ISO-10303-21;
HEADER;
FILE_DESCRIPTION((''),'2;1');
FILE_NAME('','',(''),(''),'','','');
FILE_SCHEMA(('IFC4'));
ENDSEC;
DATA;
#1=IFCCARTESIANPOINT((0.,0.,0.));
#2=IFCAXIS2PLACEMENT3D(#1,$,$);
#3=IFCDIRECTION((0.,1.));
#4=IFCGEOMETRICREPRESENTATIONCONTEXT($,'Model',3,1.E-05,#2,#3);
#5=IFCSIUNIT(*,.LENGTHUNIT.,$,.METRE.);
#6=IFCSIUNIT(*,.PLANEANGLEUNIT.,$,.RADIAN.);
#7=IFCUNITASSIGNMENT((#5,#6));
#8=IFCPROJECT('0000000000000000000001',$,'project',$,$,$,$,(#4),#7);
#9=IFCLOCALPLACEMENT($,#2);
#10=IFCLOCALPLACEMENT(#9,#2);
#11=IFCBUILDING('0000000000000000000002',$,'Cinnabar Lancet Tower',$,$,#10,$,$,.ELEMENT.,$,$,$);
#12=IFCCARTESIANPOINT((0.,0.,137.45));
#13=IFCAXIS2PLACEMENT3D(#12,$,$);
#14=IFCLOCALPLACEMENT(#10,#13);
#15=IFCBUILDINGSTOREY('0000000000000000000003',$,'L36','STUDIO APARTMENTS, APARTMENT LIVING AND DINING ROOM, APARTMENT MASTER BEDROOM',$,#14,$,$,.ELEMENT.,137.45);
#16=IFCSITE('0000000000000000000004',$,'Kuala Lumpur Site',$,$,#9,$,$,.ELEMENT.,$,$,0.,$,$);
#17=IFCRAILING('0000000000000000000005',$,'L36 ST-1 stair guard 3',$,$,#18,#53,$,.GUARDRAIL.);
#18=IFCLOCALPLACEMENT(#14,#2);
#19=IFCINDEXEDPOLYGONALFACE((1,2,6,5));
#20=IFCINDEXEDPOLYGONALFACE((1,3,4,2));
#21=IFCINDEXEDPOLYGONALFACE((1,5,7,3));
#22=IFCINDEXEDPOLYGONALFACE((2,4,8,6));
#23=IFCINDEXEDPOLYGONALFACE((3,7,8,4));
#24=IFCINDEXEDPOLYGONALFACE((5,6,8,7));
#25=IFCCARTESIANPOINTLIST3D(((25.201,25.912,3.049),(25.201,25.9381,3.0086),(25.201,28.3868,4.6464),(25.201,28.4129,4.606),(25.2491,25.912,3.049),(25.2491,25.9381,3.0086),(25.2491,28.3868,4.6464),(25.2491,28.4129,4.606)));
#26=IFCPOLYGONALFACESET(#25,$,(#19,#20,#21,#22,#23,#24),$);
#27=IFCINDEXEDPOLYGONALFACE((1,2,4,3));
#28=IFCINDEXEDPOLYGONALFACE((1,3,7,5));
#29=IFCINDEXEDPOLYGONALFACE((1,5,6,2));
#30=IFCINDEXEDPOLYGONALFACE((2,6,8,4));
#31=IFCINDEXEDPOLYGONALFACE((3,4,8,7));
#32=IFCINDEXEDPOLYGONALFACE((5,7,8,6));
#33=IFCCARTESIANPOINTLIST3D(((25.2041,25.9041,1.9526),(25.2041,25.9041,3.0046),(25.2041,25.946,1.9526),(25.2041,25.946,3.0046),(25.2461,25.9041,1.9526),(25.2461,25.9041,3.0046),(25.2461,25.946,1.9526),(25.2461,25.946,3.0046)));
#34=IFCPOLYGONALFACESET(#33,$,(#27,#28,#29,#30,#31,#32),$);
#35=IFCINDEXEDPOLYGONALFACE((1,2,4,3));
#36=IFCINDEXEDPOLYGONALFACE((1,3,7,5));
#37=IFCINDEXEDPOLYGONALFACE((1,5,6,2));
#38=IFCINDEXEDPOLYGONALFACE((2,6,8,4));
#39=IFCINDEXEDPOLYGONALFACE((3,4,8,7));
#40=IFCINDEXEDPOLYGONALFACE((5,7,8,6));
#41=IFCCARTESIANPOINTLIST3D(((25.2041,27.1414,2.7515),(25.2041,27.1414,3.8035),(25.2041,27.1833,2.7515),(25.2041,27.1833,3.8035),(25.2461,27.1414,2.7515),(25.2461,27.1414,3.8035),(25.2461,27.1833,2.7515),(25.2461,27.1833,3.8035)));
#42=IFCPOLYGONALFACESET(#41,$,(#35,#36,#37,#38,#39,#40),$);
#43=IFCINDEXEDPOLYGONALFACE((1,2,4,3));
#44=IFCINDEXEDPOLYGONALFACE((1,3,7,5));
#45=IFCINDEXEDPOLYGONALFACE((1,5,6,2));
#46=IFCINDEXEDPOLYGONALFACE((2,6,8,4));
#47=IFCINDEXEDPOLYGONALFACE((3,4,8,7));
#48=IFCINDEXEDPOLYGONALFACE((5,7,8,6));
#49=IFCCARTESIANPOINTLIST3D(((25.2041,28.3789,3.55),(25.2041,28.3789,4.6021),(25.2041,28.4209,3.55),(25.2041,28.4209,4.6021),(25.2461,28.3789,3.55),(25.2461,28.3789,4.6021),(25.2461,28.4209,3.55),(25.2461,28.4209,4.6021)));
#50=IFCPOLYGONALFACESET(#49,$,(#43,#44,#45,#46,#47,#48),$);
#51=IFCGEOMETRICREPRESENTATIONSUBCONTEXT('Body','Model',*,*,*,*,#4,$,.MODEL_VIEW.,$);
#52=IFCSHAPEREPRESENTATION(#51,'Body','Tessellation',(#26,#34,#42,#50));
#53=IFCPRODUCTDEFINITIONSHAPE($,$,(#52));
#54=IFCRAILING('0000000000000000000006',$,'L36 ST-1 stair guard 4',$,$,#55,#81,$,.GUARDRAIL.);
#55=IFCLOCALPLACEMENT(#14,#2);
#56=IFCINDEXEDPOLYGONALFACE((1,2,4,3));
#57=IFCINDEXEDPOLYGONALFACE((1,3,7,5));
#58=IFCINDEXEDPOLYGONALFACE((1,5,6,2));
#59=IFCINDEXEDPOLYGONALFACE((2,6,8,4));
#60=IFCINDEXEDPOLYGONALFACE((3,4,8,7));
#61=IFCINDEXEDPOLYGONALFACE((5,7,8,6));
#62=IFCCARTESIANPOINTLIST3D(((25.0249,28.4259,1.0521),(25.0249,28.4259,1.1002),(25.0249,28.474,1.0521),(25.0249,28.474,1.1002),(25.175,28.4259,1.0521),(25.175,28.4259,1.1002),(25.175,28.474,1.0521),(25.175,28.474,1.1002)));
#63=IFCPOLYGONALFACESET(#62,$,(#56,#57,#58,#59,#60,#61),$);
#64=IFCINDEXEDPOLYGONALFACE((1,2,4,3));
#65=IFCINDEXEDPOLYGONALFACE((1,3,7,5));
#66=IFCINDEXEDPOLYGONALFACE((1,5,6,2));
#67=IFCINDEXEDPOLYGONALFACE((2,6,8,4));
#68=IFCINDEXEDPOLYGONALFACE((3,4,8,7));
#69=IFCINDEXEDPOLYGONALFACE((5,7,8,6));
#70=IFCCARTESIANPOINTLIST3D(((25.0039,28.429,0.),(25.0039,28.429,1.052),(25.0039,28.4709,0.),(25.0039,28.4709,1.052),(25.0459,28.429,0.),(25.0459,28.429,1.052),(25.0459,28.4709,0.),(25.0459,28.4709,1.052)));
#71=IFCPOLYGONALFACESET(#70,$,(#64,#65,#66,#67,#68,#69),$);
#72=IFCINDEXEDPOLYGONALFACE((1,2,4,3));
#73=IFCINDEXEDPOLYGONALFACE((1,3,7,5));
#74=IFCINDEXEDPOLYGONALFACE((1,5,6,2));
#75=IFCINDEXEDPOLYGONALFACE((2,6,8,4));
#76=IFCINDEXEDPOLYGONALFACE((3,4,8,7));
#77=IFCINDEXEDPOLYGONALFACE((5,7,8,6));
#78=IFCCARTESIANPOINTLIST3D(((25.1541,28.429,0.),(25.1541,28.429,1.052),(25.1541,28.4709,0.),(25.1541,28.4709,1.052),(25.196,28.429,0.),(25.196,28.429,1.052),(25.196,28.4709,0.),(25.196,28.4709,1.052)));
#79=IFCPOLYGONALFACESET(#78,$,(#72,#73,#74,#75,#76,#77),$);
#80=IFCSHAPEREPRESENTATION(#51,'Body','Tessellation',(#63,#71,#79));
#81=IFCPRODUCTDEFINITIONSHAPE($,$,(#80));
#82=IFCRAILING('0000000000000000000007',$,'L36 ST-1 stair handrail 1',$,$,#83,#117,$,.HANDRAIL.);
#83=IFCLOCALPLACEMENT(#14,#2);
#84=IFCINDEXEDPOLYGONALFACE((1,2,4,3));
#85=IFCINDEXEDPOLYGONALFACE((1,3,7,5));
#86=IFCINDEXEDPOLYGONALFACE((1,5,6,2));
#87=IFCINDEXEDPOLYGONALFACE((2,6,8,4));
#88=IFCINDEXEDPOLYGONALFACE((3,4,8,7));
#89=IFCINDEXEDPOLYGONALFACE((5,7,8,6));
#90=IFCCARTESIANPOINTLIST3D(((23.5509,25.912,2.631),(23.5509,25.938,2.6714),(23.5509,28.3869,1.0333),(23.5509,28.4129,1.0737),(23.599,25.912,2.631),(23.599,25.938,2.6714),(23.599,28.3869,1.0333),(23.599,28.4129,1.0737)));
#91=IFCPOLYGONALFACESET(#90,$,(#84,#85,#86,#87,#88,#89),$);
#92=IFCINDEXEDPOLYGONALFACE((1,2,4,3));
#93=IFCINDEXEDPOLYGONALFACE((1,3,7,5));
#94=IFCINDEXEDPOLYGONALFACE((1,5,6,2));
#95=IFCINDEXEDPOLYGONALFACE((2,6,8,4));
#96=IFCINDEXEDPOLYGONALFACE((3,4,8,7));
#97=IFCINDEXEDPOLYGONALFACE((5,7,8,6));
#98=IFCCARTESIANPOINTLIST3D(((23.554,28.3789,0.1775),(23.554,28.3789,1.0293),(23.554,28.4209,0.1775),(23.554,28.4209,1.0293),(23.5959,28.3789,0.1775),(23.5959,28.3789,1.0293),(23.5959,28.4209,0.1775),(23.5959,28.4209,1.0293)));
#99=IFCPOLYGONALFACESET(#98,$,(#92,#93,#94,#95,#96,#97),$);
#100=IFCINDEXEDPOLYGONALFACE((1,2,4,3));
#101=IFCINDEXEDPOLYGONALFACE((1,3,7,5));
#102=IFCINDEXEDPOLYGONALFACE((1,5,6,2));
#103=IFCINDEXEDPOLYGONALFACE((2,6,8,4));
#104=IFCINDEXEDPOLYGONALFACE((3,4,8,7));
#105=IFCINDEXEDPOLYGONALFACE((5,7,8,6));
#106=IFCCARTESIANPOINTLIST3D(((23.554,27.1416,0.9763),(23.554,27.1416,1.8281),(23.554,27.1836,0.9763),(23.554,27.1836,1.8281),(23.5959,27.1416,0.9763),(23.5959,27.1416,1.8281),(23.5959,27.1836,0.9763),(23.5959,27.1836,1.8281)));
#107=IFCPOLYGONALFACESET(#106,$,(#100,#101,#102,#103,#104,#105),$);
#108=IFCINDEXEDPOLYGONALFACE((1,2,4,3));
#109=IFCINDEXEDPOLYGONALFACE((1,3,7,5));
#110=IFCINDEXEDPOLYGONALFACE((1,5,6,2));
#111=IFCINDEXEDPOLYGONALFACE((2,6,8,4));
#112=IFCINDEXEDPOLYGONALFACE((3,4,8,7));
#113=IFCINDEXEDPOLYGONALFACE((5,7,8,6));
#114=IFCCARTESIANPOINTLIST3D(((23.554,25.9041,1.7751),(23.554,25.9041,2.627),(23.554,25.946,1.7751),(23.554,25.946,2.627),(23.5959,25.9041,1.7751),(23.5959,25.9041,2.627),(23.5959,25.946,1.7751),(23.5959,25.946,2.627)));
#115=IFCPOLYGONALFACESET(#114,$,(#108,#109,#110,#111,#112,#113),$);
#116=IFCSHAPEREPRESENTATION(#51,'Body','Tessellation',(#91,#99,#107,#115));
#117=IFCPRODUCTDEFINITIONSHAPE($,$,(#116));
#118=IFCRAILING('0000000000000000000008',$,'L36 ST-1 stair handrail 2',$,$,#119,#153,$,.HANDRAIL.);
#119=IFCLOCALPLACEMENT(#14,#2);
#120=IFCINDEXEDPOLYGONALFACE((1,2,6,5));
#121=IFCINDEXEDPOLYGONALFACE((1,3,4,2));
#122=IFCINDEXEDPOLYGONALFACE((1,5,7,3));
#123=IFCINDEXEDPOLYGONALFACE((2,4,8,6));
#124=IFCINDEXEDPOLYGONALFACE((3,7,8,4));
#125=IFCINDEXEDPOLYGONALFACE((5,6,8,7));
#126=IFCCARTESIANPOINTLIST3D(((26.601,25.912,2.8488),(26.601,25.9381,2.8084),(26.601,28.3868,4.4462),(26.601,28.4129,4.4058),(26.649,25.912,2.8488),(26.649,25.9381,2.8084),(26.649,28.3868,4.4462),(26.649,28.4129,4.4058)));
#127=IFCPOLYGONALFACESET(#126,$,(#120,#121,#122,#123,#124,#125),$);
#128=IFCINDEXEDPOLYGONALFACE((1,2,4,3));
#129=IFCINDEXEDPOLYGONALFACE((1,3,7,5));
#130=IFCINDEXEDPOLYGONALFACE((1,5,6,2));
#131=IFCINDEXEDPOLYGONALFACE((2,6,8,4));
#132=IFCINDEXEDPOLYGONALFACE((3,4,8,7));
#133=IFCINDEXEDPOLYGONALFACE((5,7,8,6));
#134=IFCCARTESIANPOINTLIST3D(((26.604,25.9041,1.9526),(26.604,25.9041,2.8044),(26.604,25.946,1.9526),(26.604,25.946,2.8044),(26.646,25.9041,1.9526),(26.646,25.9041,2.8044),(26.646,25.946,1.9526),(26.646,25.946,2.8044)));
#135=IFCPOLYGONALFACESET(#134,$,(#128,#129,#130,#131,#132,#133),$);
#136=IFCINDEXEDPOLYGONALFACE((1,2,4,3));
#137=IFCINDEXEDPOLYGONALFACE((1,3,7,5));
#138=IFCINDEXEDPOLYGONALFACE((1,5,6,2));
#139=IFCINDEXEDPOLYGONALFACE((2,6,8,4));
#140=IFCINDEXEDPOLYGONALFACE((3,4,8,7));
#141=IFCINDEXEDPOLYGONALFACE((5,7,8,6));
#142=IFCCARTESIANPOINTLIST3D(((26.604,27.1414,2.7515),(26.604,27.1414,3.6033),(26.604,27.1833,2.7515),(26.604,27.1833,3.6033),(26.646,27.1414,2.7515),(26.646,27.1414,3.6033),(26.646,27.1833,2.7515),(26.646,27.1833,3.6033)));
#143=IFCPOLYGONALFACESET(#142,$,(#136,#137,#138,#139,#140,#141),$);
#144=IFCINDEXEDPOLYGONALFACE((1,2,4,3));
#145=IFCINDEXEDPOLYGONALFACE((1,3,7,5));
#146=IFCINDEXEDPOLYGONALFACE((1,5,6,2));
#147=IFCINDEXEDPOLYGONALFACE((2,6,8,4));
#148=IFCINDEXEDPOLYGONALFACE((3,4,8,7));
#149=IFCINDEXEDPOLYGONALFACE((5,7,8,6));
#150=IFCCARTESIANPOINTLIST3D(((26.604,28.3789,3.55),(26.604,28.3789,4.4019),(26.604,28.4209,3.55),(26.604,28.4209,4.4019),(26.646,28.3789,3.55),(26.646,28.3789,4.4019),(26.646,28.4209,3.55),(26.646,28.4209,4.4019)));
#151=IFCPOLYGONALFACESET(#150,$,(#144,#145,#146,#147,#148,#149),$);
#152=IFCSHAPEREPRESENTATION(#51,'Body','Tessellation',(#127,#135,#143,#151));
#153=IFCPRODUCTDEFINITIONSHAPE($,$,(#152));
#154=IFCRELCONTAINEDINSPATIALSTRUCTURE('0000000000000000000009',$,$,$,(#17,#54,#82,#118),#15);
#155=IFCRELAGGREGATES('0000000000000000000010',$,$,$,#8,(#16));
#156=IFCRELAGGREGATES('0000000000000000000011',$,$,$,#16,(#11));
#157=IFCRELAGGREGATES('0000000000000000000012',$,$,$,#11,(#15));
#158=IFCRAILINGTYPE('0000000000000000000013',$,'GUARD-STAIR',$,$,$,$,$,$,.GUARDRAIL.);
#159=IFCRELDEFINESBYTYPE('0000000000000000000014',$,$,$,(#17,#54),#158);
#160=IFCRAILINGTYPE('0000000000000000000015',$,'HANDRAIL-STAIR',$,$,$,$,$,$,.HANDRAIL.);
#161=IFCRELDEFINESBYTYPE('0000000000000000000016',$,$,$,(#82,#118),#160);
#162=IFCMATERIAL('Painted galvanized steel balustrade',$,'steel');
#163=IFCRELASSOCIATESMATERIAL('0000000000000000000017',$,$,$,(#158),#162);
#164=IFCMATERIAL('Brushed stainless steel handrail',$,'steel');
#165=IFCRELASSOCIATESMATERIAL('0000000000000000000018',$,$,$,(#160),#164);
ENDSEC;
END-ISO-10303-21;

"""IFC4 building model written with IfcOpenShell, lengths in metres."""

from ifc_helpers import new_model, si_unit, direction, frame, origin, origin_2d, place, context, subcontext, project, spatial, rectangle, extrude, material, type_object, element, save


model = new_model("IFC4")

# Units and contexts
model_context = context("Model", 3, precision=1e-05, world=origin(), true_north=direction((0.0, 1.0)))
body_context = subcontext(model_context, "Body", "Model", "MODEL_VIEW")
ifc_project = project(units=[si_unit("LENGTHUNIT", "METRE"), si_unit("PLANEANGLEUNIT", "RADIAN")], contexts=[model_context])

# Site, building, storey
site_placement = place(None, origin())
site = spatial("IfcSite", under=ifc_project, at=site_placement, Name="Kuala Lumpur Site", CompositionType="ELEMENT", RefElevation=0.0)
building_placement = place(site_placement, origin())
building = spatial("IfcBuilding", under=site, at=building_placement, Name="Cinnabar Lancet Tower", CompositionType="ELEMENT")
storey_placement = place(building_placement, frame((0.0, 0.0, 137.45)))
storey = spatial("IfcBuildingStorey", under=building, at=storey_placement, Name="L36", Description="STUDIO APARTMENTS, APARTMENT LIVING AND DINING ROOM, APARTMENT MASTER BEDROOM", CompositionType="ELEMENT", Elevation=137.45)

# Railings
ifc_material_1 = material(Name="Painted galvanized steel balustrade", Category="steel")
railing_type_1 = type_object("IfcRailingType", Name="GUARD-STAIR", PredefinedType="GUARDRAIL", material=ifc_material_1)
railing_1_placement = place(storey_placement, frame((25.2251, 25.925, 1.9526)))
element("IfcRailing", 1, at=railing_1_placement, inside=storey, type_object=railing_type_1, Name="L36 ST-1 stair guard 3", PredefinedType="GUARDRAIL", context=body_context, shape_type="SweptSolid", body=[
    extrude(rectangle(XDim=0.0481, YDim=0.0481, at=origin_2d()), frame((0.0, 0.0, 1.0762), z_axis=(0.0, 0.840183, 0.542302), x_axis=(-1.0, 0.0, 0.0)), (0.0, 0.0, 1.0), 2.9456),
    extrude(rectangle(XDim=0.042, YDim=0.042, at=origin_2d()), origin(), (0.0, 0.0, 1.0), 1.052),
    extrude(rectangle(XDim=0.042, YDim=0.042, at=origin_2d()), frame((0.0, 1.2373, 0.7988)), (0.0, 0.0, 1.0), 1.052),
    extrude(rectangle(XDim=0.042, YDim=0.042, at=origin_2d()), frame((0.0, 2.4749, 1.5974)), (0.0, 0.0, 1.0), 1.052),
])
railing_2_placement = place(storey_placement, frame((25.0249, 28.45, 0.0)))
element("IfcRailing", 2, at=railing_2_placement, inside=storey, type_object=railing_type_1, Name="L36 ST-1 stair guard 4", PredefinedType="GUARDRAIL", context=body_context, shape_type="SweptSolid", body=[
    extrude(rectangle(XDim=0.0481, YDim=0.0481, at=origin_2d()), frame((0.0, 0.0, 1.0762), z_axis=(1.0, 0.0, 0.0), x_axis=(0.0, 1.0, 0.0)), (0.0, 0.0, 1.0), 0.1501),
    extrude(rectangle(XDim=0.042, YDim=0.042, at=origin_2d()), origin(), (0.0, 0.0, 1.0), 1.052),
    extrude(rectangle(XDim=0.042, YDim=0.042, at=origin_2d()), frame((0.1501, 0.0, 0.0)), (0.0, 0.0, 1.0), 1.052),
])
ifc_material_2 = material(Name="Brushed stainless steel handrail", Category="steel")
railing_type_2 = type_object("IfcRailingType", Name="HANDRAIL-STAIR", PredefinedType="HANDRAIL", material=ifc_material_2)
railing_3_placement = place(storey_placement, frame((23.575, 28.3999, 0.1775)))
element("IfcRailing", 3, at=railing_3_placement, inside=storey, type_object=railing_type_2, Name="L36 ST-1 stair handrail 1", PredefinedType="HANDRAIL", context=body_context, shape_type="SweptSolid", body=[
    extrude(rectangle(XDim=0.0481, YDim=0.0481, at=origin_2d()), frame((0.0, 0.0, 0.876), z_axis=(0.0, -0.840146, 0.542361), x_axis=(1.0, 0.0, 0.0)), (0.0, 0.0, 1.0), 2.9458),
    extrude(rectangle(XDim=0.042, YDim=0.042, at=origin_2d()), origin(), (0.0, 0.0, 1.0), 0.8518),
    extrude(rectangle(XDim=0.042, YDim=0.042, at=origin_2d()), frame((0.0, -1.2373, 0.7988)), (0.0, 0.0, 1.0), 0.8518),
    extrude(rectangle(XDim=0.042, YDim=0.042, at=origin_2d()), frame((0.0, -2.4749, 1.5977)), (0.0, 0.0, 1.0), 0.8518),
])
railing_4_placement = place(storey_placement, frame((26.625, 25.925, 1.9526)))
element("IfcRailing", 4, at=railing_4_placement, inside=storey, type_object=railing_type_2, Name="L36 ST-1 stair handrail 2", PredefinedType="HANDRAIL", context=body_context, shape_type="SweptSolid", body=[
    extrude(rectangle(XDim=0.0481, YDim=0.0481, at=origin_2d()), frame((0.0, 0.0, 0.876), z_axis=(0.0, 0.840183, 0.542302), x_axis=(-1.0, 0.0, 0.0)), (0.0, 0.0, 1.0), 2.9456),
    extrude(rectangle(XDim=0.042, YDim=0.042, at=origin_2d()), origin(), (0.0, 0.0, 1.0), 0.8518),
    extrude(rectangle(XDim=0.042, YDim=0.042, at=origin_2d()), frame((0.0, 1.2373, 0.7988)), (0.0, 0.0, 1.0), 0.8518),
    extrude(rectangle(XDim=0.042, YDim=0.042, at=origin_2d()), frame((0.0, 2.4749, 1.5974)), (0.0, 0.0, 1.0), 0.8518),
])

save(model, "model.ifc")
